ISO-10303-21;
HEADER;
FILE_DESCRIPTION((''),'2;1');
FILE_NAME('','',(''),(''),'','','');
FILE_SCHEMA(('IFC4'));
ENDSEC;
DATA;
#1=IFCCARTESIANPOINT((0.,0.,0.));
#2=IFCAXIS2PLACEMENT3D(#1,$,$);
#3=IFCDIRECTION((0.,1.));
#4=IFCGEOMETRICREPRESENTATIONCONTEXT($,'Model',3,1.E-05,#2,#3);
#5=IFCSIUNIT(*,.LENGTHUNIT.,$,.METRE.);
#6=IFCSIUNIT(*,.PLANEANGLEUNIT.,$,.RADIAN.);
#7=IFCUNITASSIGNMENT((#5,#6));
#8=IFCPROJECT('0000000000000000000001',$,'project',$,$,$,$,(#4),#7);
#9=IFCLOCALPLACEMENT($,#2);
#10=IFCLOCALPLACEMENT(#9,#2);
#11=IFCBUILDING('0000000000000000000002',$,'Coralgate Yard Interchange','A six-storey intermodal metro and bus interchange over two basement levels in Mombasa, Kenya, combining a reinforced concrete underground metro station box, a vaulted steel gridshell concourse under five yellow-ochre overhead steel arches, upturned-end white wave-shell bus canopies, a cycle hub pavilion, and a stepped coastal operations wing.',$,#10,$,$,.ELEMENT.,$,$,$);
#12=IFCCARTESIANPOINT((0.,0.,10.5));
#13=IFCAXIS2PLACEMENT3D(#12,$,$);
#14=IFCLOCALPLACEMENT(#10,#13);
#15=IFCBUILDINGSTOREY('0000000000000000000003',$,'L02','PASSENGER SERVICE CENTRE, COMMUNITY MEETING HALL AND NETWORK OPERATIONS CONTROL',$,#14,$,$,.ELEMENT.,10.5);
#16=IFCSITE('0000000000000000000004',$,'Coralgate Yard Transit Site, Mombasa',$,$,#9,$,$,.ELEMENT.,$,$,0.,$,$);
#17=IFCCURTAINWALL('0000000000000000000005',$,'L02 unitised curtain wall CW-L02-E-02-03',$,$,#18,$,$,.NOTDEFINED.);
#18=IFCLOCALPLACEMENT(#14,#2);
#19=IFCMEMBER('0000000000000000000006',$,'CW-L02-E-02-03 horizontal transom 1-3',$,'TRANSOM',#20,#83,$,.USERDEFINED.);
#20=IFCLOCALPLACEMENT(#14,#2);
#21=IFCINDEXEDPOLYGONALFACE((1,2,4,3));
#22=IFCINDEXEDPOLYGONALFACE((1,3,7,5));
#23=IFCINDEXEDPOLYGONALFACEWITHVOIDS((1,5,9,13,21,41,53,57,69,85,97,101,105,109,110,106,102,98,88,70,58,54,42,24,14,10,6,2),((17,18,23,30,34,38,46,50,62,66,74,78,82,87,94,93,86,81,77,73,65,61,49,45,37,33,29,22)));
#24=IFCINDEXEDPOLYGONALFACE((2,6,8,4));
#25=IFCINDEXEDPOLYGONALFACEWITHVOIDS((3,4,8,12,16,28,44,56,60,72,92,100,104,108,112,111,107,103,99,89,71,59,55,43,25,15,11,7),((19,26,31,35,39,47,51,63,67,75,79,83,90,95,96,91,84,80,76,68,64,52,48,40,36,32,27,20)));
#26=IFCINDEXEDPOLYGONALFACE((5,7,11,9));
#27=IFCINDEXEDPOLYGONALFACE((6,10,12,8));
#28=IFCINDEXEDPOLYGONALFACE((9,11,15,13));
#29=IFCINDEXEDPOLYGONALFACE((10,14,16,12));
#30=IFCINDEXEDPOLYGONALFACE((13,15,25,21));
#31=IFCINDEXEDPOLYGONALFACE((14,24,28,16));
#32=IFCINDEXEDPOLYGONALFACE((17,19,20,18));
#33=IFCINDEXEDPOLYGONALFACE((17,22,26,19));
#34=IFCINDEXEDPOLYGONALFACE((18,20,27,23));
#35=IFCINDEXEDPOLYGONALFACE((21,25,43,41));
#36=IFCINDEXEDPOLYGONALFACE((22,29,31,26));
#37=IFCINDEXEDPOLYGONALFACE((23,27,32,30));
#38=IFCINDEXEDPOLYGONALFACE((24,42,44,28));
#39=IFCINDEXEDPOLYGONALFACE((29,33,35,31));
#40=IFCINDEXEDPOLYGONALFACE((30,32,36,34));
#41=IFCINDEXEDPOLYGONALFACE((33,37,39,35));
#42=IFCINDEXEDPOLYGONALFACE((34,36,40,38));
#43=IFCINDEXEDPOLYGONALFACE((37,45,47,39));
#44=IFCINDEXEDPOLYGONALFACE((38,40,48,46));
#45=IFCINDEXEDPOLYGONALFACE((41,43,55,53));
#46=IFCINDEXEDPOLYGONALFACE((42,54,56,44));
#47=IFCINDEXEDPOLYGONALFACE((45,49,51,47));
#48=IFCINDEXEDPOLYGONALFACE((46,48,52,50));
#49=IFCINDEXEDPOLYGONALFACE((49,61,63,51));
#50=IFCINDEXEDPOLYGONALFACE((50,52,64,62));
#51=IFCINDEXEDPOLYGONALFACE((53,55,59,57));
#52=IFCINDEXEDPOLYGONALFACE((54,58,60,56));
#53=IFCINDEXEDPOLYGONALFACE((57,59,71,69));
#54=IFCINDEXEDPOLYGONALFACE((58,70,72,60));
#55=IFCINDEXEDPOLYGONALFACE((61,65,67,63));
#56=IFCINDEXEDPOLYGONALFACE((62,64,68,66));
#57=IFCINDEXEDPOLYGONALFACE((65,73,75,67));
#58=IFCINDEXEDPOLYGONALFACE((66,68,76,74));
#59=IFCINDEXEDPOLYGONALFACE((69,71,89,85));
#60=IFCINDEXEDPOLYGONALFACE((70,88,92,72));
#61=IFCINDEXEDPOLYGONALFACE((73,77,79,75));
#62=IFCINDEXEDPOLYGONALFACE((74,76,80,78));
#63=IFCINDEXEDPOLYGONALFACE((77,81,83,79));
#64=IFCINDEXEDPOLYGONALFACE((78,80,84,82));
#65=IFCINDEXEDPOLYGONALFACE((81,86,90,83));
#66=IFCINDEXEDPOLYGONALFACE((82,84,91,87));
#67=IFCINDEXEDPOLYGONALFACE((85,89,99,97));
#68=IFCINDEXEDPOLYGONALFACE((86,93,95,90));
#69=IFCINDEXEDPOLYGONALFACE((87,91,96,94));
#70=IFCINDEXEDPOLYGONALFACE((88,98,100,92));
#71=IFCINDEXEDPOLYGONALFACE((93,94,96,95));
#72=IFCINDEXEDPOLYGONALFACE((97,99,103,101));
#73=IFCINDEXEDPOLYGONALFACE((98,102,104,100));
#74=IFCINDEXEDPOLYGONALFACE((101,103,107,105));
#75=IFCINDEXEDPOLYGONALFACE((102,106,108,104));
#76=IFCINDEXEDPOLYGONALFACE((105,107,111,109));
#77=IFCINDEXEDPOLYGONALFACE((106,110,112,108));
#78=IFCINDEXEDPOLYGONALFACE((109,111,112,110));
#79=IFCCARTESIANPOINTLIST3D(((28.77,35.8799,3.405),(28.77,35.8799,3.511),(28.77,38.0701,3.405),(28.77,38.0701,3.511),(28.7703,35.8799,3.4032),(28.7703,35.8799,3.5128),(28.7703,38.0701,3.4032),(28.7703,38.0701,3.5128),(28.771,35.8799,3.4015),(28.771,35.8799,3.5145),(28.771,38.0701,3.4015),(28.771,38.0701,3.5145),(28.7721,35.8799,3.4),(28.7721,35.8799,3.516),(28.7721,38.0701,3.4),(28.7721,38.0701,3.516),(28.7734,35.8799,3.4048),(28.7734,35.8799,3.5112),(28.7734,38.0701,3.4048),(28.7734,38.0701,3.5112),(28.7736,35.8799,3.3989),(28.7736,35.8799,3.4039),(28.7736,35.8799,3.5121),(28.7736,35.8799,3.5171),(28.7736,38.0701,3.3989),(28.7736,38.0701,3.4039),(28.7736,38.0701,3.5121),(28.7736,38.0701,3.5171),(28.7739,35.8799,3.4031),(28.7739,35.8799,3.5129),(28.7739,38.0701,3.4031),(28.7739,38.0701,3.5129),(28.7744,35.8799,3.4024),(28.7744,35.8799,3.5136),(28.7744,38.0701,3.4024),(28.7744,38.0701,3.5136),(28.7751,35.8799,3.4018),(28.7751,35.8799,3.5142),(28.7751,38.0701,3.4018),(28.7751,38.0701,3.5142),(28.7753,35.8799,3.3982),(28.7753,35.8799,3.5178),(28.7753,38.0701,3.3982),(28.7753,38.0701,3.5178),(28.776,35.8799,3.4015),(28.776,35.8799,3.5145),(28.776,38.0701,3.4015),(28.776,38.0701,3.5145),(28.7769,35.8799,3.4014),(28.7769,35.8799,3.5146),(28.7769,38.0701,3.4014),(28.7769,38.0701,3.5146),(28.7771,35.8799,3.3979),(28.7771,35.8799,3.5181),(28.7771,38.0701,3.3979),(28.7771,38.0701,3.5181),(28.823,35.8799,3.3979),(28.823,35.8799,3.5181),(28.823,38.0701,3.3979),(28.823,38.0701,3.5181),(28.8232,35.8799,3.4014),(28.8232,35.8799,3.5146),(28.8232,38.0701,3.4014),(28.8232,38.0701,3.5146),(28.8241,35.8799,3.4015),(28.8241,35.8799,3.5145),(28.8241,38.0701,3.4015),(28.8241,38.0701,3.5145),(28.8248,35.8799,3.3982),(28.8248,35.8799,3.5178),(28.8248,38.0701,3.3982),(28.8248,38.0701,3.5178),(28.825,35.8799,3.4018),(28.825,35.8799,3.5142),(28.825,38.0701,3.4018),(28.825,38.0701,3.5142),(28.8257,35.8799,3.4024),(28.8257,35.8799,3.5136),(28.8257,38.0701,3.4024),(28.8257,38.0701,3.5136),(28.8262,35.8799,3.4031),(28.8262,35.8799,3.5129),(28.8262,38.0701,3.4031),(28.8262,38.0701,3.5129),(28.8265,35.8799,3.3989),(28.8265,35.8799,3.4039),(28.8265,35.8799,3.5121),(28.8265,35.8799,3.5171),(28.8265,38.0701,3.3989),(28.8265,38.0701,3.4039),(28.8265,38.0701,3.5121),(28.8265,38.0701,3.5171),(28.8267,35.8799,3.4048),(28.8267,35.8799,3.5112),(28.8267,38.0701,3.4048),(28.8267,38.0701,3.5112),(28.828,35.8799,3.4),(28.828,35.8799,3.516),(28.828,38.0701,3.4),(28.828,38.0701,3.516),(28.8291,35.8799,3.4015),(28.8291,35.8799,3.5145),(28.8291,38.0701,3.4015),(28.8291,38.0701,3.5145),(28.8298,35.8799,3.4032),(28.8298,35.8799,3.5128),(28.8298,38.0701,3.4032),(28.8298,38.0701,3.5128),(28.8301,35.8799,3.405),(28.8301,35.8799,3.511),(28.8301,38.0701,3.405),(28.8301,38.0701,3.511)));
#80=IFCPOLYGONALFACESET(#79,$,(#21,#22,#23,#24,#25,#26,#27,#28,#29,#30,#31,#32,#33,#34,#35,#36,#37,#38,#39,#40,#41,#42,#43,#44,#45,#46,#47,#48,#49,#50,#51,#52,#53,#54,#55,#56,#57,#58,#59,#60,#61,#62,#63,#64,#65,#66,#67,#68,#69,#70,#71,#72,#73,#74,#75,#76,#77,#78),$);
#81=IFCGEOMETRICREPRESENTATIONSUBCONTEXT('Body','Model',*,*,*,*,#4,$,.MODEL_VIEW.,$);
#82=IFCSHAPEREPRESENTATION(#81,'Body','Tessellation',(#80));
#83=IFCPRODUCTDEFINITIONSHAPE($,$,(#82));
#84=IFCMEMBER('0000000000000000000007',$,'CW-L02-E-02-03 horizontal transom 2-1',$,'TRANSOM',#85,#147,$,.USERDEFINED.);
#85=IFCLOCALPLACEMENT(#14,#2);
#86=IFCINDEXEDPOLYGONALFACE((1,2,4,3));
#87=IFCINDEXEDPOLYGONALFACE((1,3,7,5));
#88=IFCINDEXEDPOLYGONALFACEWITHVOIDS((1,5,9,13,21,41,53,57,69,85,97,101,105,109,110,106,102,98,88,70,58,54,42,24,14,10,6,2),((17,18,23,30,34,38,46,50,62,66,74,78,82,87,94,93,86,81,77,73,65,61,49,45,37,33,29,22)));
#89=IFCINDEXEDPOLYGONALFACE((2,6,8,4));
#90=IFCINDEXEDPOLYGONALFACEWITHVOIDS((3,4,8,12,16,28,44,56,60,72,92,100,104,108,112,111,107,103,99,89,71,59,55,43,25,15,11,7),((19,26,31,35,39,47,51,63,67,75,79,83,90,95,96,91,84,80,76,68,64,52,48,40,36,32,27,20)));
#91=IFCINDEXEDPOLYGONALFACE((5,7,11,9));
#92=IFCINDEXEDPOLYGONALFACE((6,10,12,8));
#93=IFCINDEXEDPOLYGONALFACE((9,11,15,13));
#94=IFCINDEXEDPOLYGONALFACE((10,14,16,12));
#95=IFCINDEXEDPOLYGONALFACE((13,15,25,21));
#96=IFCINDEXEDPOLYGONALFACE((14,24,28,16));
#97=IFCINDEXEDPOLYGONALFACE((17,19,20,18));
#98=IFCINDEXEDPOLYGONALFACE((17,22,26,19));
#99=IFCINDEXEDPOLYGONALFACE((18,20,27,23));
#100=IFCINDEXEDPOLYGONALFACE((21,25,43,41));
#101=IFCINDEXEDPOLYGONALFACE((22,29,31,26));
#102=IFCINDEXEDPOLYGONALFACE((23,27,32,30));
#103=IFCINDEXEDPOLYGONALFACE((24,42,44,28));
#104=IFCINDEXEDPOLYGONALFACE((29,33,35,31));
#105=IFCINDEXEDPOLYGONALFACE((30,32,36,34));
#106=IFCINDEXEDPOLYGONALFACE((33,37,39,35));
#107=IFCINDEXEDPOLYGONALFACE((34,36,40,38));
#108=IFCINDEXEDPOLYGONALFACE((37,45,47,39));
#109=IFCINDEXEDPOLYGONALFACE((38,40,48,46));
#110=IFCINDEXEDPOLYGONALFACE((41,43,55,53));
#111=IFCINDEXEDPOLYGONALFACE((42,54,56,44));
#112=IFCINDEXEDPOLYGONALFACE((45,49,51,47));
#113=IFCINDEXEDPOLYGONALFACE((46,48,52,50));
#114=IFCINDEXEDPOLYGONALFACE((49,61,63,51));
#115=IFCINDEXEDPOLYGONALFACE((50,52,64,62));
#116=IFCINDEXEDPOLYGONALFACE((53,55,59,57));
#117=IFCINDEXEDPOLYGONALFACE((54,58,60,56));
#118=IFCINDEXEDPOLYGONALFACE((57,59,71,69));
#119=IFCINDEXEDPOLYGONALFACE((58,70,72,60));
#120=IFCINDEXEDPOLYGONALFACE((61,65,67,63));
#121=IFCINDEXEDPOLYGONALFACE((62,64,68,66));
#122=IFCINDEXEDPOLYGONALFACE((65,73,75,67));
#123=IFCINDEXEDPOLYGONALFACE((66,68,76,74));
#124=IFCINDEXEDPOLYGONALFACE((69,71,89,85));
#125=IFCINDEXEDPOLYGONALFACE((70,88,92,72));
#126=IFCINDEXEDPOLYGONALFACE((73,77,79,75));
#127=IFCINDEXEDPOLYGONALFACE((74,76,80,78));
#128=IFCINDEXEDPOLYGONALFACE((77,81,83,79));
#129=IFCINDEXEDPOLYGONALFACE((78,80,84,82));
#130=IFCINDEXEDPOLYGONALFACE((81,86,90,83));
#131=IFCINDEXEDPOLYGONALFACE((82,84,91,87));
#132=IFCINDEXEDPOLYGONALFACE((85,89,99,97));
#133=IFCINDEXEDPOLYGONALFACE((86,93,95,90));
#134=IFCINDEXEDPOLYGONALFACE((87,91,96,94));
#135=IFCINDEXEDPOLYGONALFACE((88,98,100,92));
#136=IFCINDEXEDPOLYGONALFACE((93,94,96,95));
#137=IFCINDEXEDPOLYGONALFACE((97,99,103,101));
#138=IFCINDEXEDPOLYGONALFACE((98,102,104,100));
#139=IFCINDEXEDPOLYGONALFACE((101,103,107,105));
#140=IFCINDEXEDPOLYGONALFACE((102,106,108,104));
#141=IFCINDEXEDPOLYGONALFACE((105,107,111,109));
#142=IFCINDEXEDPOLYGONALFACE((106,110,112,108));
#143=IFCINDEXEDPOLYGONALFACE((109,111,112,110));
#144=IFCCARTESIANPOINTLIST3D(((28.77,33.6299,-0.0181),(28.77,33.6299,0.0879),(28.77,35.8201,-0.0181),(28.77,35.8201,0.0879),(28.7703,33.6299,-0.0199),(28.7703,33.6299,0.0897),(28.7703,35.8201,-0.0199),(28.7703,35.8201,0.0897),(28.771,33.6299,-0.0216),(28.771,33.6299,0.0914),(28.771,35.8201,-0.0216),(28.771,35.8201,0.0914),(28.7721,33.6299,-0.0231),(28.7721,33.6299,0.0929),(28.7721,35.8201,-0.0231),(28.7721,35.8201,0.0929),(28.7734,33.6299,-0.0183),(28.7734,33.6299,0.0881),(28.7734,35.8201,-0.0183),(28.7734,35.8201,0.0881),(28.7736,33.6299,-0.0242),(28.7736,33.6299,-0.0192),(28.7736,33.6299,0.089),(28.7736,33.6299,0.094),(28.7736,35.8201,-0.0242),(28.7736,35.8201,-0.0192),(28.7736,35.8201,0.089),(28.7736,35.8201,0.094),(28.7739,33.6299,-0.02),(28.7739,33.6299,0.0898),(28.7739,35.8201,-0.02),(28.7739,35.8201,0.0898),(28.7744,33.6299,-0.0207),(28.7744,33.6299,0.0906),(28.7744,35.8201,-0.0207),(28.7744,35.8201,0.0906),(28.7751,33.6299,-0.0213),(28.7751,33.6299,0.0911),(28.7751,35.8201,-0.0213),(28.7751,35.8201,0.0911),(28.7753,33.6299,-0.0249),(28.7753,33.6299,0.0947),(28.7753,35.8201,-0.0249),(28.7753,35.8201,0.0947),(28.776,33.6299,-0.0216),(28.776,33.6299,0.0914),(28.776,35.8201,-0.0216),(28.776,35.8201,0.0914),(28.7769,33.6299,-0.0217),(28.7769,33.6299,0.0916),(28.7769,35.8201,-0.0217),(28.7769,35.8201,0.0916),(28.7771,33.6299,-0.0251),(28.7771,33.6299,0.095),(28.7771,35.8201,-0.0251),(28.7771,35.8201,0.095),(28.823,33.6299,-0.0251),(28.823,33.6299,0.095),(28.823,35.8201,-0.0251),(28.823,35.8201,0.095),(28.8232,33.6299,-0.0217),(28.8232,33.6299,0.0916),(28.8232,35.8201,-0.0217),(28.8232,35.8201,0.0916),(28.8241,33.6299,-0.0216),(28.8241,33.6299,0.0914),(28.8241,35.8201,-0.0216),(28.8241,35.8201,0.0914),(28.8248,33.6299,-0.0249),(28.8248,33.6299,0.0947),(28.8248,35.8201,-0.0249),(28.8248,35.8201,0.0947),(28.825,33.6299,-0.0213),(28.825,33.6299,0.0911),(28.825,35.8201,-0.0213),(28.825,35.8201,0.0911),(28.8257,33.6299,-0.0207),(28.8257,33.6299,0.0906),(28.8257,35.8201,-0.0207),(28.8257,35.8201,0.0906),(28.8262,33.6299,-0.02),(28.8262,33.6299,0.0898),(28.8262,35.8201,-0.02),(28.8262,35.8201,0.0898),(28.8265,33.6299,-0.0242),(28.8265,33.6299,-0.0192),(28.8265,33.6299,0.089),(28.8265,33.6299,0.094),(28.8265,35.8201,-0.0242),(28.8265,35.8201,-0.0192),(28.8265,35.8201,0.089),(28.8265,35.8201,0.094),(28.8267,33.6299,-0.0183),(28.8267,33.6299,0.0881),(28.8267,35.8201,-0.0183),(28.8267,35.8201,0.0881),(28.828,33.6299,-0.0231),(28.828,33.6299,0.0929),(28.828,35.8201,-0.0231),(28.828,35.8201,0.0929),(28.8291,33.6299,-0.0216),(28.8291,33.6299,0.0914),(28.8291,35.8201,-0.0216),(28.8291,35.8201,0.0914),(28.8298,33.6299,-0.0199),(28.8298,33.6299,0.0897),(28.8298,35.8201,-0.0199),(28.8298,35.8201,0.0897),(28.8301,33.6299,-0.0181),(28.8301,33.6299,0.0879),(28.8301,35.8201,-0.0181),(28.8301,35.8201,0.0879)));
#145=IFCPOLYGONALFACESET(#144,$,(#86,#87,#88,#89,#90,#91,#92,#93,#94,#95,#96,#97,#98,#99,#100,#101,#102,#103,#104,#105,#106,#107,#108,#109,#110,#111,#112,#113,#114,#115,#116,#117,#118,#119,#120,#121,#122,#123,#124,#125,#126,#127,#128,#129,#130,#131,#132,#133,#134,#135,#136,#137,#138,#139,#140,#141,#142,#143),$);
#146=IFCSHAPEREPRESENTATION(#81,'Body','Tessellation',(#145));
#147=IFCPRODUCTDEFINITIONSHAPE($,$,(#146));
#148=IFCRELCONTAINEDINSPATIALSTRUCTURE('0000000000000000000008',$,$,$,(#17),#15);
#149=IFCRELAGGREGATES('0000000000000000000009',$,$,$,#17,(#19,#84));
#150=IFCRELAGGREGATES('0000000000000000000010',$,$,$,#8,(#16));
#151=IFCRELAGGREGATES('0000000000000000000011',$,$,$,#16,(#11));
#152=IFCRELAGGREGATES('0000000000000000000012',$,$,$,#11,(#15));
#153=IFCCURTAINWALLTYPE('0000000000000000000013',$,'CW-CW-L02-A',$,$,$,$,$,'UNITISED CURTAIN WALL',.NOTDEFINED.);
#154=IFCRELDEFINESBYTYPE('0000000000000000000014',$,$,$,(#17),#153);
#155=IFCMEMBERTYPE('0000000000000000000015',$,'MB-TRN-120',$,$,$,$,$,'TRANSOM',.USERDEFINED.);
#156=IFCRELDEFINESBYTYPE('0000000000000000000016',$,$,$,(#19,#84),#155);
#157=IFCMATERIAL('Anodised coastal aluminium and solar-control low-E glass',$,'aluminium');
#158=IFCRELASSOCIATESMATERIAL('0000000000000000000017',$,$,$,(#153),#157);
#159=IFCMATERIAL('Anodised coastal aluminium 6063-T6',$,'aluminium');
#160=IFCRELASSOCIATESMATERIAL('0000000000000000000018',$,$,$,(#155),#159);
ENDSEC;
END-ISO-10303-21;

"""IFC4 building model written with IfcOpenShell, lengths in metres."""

from ifc_helpers import new_model, si_unit, direction, frame, origin, origin_2d, place, context, subcontext, project, spatial, hollow_rectangle, extrude, material, material_profile, profile_set, type_object, element, aggregate, save


model = new_model("IFC4")

# Units and contexts
model_context = context("Model", 3, precision=1e-05, world=origin(), true_north=direction((0.0, 1.0)))
body_context = subcontext(model_context, "Body", "Model", "MODEL_VIEW")
ifc_project = project(units=[si_unit("LENGTHUNIT", "METRE"), si_unit("PLANEANGLEUNIT", "RADIAN")], contexts=[model_context])

# Site, building, storey
site_placement = place(None, origin())
site = spatial("IfcSite", under=ifc_project, at=site_placement, Name="Coralgate Yard Transit Site, Mombasa", CompositionType="ELEMENT", RefElevation=0.0)
building_placement = place(site_placement, origin())
building = spatial("IfcBuilding", under=site, at=building_placement, Name="Coralgate Yard Interchange", Description="A six-storey intermodal metro and bus interchange over two basement levels in Mombasa, Kenya, combining a reinforced concrete underground metro station box, a vaulted steel gridshell concourse under five yellow-ochre overhead steel arches, upturned-end white wave-shell bus canopies, a cycle hub pavilion, and a stepped coastal operations wing.", CompositionType="ELEMENT")
storey_placement = place(building_placement, frame((0.0, 0.0, 10.5)))
storey = spatial("IfcBuildingStorey", under=building, at=storey_placement, Name="L02", Description="PASSENGER SERVICE CENTRE, COMMUNITY MEETING HALL AND NETWORK OPERATIONS CONTROL", CompositionType="ELEMENT", Elevation=10.5)

# Curtain wall, members
ifc_material_1 = material(Name="Anodised coastal aluminium and solar-control low-E glass", Category="aluminium")
curtain_wall_type = type_object("IfcCurtainWallType", Name="CW-CW-L02-A", ElementType="UNITISED CURTAIN WALL", PredefinedType="NOTDEFINED", material=ifc_material_1)
curtain_wall_placement = place(storey_placement, origin())
curtain_wall = element("IfcCurtainWall", 1, at=curtain_wall_placement, inside=storey, type_object=curtain_wall_type, Name="L02 unitised curtain wall CW-L02-E-02-03", PredefinedType="NOTDEFINED")
ifc_material_2 = material(Name="Anodised coastal aluminium 6063-T6", Category="aluminium")
ifc_material_profile_1 = material_profile(ifc_material_2, hollow_rectangle(XDim=0.0601, YDim=0.1201, WallThickness=0.0034, InnerFilletRadius=0.0034, OuterFilletRadius=0.0071, at=origin_2d()), Name="ALU 60x120x3.5")
ifc_profile_set_1 = profile_set([ifc_material_profile_1], Name="Anodised coastal aluminium 6063-T6")
member_type_1 = type_object("IfcMemberType", Name="MB-TRN-120", ElementType="TRANSOM", PredefinedType="USERDEFINED", material=ifc_profile_set_1)
member_1_placement = place(storey_placement, frame((28.8, 38.0701, 3.458), z_axis=(0.0, -1.0, 0.0), x_axis=(1.0, 0.0, 0.0)))
member_1 = element("IfcMember", 2, at=member_1_placement, type_object=member_type_1, Name="CW-L02-E-02-03 horizontal transom 1-3", ObjectType="TRANSOM", PredefinedType="USERDEFINED", context=body_context, shape_type="SweptSolid", body=[
    extrude(hollow_rectangle(XDim=0.0601, YDim=0.1201, WallThickness=0.0034, InnerFilletRadius=0.0034, OuterFilletRadius=0.0071, at=origin_2d()), origin(), (0.0, 0.0, 1.0), 2.1902),
])
member_2_placement = place(storey_placement, frame((28.8, 35.8201, 0.0349), z_axis=(0.0, -1.0, 0.0), x_axis=(1.0, 0.0, 0.0)))
member_2 = element("IfcMember", 3, at=member_2_placement, type_object=member_type_1, Name="CW-L02-E-02-03 horizontal transom 2-1", ObjectType="TRANSOM", PredefinedType="USERDEFINED", context=body_context, shape_type="SweptSolid", body=[
    extrude(hollow_rectangle(XDim=0.0601, YDim=0.1201, WallThickness=0.0034, InnerFilletRadius=0.0034, OuterFilletRadius=0.0071, at=origin_2d()), origin(), (0.0, 0.0, 1.0), 2.1902),
])
aggregate(curtain_wall, [member_1, member_2])

save(model, "model.ifc")
